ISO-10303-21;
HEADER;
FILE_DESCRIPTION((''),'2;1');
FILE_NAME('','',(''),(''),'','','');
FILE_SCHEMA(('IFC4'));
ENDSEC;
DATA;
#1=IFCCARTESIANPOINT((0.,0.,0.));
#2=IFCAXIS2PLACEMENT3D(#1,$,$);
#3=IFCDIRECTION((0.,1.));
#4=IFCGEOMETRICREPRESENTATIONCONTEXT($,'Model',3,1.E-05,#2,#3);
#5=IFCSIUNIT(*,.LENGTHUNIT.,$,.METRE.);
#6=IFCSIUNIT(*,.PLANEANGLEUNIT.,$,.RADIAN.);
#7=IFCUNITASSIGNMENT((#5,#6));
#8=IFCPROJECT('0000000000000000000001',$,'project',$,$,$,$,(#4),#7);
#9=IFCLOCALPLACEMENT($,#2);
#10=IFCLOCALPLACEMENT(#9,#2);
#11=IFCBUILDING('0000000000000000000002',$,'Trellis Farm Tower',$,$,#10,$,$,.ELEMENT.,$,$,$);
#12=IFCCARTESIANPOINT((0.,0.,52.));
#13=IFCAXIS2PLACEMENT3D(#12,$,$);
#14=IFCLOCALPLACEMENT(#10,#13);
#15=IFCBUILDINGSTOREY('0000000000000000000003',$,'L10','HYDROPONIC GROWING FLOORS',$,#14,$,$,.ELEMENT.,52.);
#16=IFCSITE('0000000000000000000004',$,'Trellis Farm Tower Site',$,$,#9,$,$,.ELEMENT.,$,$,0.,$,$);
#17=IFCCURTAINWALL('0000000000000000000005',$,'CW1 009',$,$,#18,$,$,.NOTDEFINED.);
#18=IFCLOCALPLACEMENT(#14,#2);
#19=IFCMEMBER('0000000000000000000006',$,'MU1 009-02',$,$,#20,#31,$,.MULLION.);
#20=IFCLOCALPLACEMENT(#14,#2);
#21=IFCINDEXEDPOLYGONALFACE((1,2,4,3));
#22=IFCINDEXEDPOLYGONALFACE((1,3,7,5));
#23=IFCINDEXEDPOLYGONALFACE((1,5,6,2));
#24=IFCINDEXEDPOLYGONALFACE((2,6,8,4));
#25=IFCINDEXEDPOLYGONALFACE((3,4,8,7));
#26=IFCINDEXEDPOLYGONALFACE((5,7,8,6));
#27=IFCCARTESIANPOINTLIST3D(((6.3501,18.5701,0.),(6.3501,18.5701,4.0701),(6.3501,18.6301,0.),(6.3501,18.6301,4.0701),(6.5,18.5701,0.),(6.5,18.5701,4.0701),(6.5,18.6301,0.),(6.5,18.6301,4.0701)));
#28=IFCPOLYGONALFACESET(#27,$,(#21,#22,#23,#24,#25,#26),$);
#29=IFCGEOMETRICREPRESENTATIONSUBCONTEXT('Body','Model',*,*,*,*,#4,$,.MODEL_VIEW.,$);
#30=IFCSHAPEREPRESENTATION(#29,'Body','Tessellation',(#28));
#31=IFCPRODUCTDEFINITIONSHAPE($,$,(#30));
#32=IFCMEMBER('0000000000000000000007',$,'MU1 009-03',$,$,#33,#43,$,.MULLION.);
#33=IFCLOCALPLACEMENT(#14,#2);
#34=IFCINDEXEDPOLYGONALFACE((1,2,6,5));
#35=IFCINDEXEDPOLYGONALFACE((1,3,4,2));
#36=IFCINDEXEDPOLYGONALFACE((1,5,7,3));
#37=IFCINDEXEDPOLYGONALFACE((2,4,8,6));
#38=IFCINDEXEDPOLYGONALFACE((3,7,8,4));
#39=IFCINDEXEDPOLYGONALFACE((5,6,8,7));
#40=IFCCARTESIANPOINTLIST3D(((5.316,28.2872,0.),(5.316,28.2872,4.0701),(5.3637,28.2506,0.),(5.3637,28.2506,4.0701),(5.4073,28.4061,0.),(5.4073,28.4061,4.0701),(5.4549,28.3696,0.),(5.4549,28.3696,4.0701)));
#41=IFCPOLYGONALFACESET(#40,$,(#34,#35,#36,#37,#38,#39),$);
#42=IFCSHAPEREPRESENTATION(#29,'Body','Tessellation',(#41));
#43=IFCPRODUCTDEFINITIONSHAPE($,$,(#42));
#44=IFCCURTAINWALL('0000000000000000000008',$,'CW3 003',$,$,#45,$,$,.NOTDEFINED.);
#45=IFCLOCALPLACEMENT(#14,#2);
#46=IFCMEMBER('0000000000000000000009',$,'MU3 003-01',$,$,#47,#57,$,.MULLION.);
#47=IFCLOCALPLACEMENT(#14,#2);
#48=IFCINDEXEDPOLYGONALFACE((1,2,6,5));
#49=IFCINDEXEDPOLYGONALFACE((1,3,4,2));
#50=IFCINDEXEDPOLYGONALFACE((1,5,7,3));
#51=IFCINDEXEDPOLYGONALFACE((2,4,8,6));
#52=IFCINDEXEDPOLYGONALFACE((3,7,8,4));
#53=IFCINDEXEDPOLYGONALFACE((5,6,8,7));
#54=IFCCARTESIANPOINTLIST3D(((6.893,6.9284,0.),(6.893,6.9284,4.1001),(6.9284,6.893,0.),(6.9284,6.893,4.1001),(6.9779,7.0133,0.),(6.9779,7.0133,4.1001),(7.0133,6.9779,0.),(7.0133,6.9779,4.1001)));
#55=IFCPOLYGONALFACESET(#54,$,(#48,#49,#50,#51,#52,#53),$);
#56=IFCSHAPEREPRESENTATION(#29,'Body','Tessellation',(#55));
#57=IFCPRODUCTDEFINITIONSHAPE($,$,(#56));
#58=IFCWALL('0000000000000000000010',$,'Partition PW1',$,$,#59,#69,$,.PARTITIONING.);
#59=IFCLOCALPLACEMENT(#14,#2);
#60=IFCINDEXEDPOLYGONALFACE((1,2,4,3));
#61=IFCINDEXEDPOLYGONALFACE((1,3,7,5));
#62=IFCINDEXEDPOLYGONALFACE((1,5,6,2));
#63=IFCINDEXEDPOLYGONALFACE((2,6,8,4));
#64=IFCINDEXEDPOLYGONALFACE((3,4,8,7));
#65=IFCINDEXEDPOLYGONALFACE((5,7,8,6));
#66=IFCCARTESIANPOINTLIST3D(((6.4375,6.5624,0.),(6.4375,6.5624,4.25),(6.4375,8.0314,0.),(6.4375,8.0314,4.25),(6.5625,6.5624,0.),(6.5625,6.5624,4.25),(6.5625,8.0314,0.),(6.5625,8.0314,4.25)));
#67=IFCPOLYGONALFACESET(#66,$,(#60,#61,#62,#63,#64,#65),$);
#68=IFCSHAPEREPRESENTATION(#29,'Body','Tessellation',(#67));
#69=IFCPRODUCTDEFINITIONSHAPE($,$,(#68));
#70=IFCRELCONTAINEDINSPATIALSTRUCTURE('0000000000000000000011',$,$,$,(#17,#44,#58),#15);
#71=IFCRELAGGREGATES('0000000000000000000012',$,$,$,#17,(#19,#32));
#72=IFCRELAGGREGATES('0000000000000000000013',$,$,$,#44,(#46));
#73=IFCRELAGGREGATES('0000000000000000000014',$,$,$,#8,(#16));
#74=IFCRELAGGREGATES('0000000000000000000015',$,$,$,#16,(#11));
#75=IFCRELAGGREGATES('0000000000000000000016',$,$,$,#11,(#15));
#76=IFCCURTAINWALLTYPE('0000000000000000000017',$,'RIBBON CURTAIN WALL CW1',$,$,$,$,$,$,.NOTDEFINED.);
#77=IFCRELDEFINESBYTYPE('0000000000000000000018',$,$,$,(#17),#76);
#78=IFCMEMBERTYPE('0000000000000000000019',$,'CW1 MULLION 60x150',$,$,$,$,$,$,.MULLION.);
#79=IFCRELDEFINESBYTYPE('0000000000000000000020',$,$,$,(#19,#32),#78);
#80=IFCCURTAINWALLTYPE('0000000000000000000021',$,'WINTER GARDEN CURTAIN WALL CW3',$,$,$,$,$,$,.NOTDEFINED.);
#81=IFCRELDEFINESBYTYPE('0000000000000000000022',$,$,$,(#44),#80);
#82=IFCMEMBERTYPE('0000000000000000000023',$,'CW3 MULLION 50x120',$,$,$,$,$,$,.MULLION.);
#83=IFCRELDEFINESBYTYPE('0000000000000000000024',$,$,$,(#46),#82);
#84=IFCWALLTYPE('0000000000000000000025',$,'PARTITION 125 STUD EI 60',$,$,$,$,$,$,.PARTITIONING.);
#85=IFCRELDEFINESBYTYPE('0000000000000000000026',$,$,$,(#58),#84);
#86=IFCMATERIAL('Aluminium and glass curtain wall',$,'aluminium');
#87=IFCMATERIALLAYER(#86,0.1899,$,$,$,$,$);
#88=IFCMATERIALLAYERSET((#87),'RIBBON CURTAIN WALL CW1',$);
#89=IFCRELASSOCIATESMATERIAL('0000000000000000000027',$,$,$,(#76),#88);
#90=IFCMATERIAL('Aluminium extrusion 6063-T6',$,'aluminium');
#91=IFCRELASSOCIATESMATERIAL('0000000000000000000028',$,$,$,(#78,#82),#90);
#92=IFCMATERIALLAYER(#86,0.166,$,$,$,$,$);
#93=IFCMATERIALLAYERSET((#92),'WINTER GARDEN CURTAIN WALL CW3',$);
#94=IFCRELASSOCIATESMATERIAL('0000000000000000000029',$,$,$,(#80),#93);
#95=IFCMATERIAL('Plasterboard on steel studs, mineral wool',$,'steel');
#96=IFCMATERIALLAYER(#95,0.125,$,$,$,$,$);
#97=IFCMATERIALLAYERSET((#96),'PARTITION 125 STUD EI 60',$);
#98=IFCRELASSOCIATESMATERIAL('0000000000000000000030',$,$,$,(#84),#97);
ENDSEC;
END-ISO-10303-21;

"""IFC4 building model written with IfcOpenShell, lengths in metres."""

from ifc_helpers import new_model, si_unit, direction, frame, frame_2d, origin, origin_2d, place, context, subcontext, project, spatial, rectangle, extrude, source, transform, mapped, material, layer, layer_set, material_profile, profile_set, type_object, element, aggregate, save


model = new_model("IFC4")

# Units and contexts
model_context = context("Model", 3, precision=1e-05, world=origin(), true_north=direction((0.0, 1.0)))
body_context = subcontext(model_context, "Body", "Model", "MODEL_VIEW")
ifc_project = project(units=[si_unit("LENGTHUNIT", "METRE"), si_unit("PLANEANGLEUNIT", "RADIAN")], contexts=[model_context])

# Site, building, storey
site_placement = place(None, origin())
site = spatial("IfcSite", under=ifc_project, at=site_placement, Name="Trellis Farm Tower Site", CompositionType="ELEMENT", RefElevation=0.0)
building_placement = place(site_placement, origin())
building = spatial("IfcBuilding", under=site, at=building_placement, Name="Trellis Farm Tower", CompositionType="ELEMENT")
storey_placement = place(building_placement, frame((0.0, 0.0, 52.0)))
storey = spatial("IfcBuildingStorey", under=building, at=storey_placement, Name="L10", Description="HYDROPONIC GROWING FLOORS", CompositionType="ELEMENT", Elevation=52.0)

# Curtain wall, members
ifc_material_1 = material(Name="Aluminium and glass curtain wall", Category="aluminium")
ifc_layer_1 = layer(ifc_material_1, 0.1899)
ifc_layer_set_1 = layer_set([ifc_layer_1], Name="RIBBON CURTAIN WALL CW1")
curtain_wall_type_1 = type_object("IfcCurtainWallType", Name="RIBBON CURTAIN WALL CW1", PredefinedType="NOTDEFINED", material=ifc_layer_set_1)
placement = place(storey_placement, origin())
ifc_material_2 = material(Name="Aluminium extrusion 6063-T6", Category="aluminium")
ifc_material_profile_1 = material_profile(ifc_material_2, rectangle(XDim=0.0601, YDim=0.1499, at=origin_2d()), Name="MULLION 60x150")
ifc_profile_set_1 = profile_set([ifc_material_profile_1], Name="Aluminium extrusion 6063-T6")
member_type_1 = type_object("IfcMemberType", Name="CW1 MULLION 60x150", PredefinedType="MULLION", material=ifc_profile_set_1)
shared_shape_1 = source(origin(), body_context, "Body", "SweptSolid", [
    extrude(rectangle(XDim=0.0601, YDim=0.1499, at=origin_2d()), origin(), (0.0, 0.0, 1.0), 4.0701),
])
curtain_wall_1 = element("IfcCurtainWall", 1, at=placement, inside=storey, type_object=curtain_wall_type_1, Name="CW1 009", PredefinedType="NOTDEFINED")
member_1_placement = place(storey_placement, frame((6.425, 18.6001, 0.0), z_axis=(0.0, 0.0, 1.0), x_axis=(0.0, 1.0, 0.0)))
member_1 = element("IfcMember", 2, at=member_1_placement, type_object=member_type_1, Name="MU1 009-02", PredefinedType="MULLION", context=body_context, shape_type="MappedRepresentation", body=[
    mapped(shared_shape_1, transform((0.0, 0.0, 0.0))),
])
member_2_placement = place(storey_placement, frame((5.3855, 28.3284, 0.0), z_axis=(0.0, 0.0, 1.0), x_axis=(-0.793353, 0.608761, 0.0)))
member_2 = element("IfcMember", 3, at=member_2_placement, type_object=member_type_1, Name="MU1 009-03", PredefinedType="MULLION", context=body_context, shape_type="MappedRepresentation", body=[
    mapped(shared_shape_1, transform((0.0, 0.0, 0.0))),
])
aggregate(curtain_wall_1, [member_1, member_2])

# Curtain wall, member
ifc_layer_2 = layer(ifc_material_1, 0.166)
ifc_layer_set_2 = layer_set([ifc_layer_2], Name="WINTER GARDEN CURTAIN WALL CW3")
curtain_wall_type_2 = type_object("IfcCurtainWallType", Name="WINTER GARDEN CURTAIN WALL CW3", PredefinedType="NOTDEFINED", material=ifc_layer_set_2)
curtain_wall_2 = element("IfcCurtainWall", 4, at=placement, inside=storey, type_object=curtain_wall_type_2, Name="CW3 003", PredefinedType="NOTDEFINED")
ifc_material_profile_2 = material_profile(ifc_material_2, rectangle(XDim=0.05, YDim=0.1201, at=origin_2d()), Name="MULLION 50x120")
ifc_profile_set_2 = profile_set([ifc_material_profile_2], Name="Aluminium extrusion 6063-T6")
member_type_2 = type_object("IfcMemberType", Name="CW3 MULLION 50x120", PredefinedType="MULLION", material=ifc_profile_set_2)
shared_shape_2 = source(origin(), body_context, "Body", "SweptSolid", [
    extrude(rectangle(XDim=0.05, YDim=0.1201, at=origin_2d()), origin(), (0.0, 0.0, 1.0), 4.1001),
])
member_3_placement = place(storey_placement, frame((6.9531, 6.9531, 0.0), z_axis=(0.0, 0.0, 1.0), x_axis=(-0.707107, 0.707107, 0.0)))
member_3 = element("IfcMember", 5, at=member_3_placement, type_object=member_type_2, Name="MU3 003-01", PredefinedType="MULLION", context=body_context, shape_type="MappedRepresentation", body=[
    mapped(shared_shape_2, transform((0.0, 0.0, 0.0))),
])
aggregate(curtain_wall_2, [member_3])

# Wall
ifc_material_3 = material(Name="Plasterboard on steel studs, mineral wool", Category="steel")
ifc_layer_3 = layer(ifc_material_3, 0.125)
ifc_layer_set_3 = layer_set([ifc_layer_3], Name="PARTITION 125 STUD EI 60")
wall_type = type_object("IfcWallType", Name="PARTITION 125 STUD EI 60", PredefinedType="PARTITIONING", material=ifc_layer_set_3)
shared_shape_3 = source(origin(), body_context, "Body", "SweptSolid", [
    extrude(rectangle(XDim=1.469, YDim=0.125, at=frame_2d((0.7344, 0.0))), origin(), (0.0, 0.0, 1.0), 4.25),
])
wall_placement = place(storey_placement, frame((6.5, 6.5625, 0.0), z_axis=(0.0, 0.0, 1.0), x_axis=(0.0, 1.0, 0.0)))
element("IfcWall", 6, at=wall_placement, inside=storey, type_object=wall_type, Name="Partition PW1", PredefinedType="PARTITIONING", context=body_context, shape_type="MappedRepresentation", body=[
    mapped(shared_shape_3, transform((0.0, 0.0, 0.0))),
])

save(model, "model.ifc")
